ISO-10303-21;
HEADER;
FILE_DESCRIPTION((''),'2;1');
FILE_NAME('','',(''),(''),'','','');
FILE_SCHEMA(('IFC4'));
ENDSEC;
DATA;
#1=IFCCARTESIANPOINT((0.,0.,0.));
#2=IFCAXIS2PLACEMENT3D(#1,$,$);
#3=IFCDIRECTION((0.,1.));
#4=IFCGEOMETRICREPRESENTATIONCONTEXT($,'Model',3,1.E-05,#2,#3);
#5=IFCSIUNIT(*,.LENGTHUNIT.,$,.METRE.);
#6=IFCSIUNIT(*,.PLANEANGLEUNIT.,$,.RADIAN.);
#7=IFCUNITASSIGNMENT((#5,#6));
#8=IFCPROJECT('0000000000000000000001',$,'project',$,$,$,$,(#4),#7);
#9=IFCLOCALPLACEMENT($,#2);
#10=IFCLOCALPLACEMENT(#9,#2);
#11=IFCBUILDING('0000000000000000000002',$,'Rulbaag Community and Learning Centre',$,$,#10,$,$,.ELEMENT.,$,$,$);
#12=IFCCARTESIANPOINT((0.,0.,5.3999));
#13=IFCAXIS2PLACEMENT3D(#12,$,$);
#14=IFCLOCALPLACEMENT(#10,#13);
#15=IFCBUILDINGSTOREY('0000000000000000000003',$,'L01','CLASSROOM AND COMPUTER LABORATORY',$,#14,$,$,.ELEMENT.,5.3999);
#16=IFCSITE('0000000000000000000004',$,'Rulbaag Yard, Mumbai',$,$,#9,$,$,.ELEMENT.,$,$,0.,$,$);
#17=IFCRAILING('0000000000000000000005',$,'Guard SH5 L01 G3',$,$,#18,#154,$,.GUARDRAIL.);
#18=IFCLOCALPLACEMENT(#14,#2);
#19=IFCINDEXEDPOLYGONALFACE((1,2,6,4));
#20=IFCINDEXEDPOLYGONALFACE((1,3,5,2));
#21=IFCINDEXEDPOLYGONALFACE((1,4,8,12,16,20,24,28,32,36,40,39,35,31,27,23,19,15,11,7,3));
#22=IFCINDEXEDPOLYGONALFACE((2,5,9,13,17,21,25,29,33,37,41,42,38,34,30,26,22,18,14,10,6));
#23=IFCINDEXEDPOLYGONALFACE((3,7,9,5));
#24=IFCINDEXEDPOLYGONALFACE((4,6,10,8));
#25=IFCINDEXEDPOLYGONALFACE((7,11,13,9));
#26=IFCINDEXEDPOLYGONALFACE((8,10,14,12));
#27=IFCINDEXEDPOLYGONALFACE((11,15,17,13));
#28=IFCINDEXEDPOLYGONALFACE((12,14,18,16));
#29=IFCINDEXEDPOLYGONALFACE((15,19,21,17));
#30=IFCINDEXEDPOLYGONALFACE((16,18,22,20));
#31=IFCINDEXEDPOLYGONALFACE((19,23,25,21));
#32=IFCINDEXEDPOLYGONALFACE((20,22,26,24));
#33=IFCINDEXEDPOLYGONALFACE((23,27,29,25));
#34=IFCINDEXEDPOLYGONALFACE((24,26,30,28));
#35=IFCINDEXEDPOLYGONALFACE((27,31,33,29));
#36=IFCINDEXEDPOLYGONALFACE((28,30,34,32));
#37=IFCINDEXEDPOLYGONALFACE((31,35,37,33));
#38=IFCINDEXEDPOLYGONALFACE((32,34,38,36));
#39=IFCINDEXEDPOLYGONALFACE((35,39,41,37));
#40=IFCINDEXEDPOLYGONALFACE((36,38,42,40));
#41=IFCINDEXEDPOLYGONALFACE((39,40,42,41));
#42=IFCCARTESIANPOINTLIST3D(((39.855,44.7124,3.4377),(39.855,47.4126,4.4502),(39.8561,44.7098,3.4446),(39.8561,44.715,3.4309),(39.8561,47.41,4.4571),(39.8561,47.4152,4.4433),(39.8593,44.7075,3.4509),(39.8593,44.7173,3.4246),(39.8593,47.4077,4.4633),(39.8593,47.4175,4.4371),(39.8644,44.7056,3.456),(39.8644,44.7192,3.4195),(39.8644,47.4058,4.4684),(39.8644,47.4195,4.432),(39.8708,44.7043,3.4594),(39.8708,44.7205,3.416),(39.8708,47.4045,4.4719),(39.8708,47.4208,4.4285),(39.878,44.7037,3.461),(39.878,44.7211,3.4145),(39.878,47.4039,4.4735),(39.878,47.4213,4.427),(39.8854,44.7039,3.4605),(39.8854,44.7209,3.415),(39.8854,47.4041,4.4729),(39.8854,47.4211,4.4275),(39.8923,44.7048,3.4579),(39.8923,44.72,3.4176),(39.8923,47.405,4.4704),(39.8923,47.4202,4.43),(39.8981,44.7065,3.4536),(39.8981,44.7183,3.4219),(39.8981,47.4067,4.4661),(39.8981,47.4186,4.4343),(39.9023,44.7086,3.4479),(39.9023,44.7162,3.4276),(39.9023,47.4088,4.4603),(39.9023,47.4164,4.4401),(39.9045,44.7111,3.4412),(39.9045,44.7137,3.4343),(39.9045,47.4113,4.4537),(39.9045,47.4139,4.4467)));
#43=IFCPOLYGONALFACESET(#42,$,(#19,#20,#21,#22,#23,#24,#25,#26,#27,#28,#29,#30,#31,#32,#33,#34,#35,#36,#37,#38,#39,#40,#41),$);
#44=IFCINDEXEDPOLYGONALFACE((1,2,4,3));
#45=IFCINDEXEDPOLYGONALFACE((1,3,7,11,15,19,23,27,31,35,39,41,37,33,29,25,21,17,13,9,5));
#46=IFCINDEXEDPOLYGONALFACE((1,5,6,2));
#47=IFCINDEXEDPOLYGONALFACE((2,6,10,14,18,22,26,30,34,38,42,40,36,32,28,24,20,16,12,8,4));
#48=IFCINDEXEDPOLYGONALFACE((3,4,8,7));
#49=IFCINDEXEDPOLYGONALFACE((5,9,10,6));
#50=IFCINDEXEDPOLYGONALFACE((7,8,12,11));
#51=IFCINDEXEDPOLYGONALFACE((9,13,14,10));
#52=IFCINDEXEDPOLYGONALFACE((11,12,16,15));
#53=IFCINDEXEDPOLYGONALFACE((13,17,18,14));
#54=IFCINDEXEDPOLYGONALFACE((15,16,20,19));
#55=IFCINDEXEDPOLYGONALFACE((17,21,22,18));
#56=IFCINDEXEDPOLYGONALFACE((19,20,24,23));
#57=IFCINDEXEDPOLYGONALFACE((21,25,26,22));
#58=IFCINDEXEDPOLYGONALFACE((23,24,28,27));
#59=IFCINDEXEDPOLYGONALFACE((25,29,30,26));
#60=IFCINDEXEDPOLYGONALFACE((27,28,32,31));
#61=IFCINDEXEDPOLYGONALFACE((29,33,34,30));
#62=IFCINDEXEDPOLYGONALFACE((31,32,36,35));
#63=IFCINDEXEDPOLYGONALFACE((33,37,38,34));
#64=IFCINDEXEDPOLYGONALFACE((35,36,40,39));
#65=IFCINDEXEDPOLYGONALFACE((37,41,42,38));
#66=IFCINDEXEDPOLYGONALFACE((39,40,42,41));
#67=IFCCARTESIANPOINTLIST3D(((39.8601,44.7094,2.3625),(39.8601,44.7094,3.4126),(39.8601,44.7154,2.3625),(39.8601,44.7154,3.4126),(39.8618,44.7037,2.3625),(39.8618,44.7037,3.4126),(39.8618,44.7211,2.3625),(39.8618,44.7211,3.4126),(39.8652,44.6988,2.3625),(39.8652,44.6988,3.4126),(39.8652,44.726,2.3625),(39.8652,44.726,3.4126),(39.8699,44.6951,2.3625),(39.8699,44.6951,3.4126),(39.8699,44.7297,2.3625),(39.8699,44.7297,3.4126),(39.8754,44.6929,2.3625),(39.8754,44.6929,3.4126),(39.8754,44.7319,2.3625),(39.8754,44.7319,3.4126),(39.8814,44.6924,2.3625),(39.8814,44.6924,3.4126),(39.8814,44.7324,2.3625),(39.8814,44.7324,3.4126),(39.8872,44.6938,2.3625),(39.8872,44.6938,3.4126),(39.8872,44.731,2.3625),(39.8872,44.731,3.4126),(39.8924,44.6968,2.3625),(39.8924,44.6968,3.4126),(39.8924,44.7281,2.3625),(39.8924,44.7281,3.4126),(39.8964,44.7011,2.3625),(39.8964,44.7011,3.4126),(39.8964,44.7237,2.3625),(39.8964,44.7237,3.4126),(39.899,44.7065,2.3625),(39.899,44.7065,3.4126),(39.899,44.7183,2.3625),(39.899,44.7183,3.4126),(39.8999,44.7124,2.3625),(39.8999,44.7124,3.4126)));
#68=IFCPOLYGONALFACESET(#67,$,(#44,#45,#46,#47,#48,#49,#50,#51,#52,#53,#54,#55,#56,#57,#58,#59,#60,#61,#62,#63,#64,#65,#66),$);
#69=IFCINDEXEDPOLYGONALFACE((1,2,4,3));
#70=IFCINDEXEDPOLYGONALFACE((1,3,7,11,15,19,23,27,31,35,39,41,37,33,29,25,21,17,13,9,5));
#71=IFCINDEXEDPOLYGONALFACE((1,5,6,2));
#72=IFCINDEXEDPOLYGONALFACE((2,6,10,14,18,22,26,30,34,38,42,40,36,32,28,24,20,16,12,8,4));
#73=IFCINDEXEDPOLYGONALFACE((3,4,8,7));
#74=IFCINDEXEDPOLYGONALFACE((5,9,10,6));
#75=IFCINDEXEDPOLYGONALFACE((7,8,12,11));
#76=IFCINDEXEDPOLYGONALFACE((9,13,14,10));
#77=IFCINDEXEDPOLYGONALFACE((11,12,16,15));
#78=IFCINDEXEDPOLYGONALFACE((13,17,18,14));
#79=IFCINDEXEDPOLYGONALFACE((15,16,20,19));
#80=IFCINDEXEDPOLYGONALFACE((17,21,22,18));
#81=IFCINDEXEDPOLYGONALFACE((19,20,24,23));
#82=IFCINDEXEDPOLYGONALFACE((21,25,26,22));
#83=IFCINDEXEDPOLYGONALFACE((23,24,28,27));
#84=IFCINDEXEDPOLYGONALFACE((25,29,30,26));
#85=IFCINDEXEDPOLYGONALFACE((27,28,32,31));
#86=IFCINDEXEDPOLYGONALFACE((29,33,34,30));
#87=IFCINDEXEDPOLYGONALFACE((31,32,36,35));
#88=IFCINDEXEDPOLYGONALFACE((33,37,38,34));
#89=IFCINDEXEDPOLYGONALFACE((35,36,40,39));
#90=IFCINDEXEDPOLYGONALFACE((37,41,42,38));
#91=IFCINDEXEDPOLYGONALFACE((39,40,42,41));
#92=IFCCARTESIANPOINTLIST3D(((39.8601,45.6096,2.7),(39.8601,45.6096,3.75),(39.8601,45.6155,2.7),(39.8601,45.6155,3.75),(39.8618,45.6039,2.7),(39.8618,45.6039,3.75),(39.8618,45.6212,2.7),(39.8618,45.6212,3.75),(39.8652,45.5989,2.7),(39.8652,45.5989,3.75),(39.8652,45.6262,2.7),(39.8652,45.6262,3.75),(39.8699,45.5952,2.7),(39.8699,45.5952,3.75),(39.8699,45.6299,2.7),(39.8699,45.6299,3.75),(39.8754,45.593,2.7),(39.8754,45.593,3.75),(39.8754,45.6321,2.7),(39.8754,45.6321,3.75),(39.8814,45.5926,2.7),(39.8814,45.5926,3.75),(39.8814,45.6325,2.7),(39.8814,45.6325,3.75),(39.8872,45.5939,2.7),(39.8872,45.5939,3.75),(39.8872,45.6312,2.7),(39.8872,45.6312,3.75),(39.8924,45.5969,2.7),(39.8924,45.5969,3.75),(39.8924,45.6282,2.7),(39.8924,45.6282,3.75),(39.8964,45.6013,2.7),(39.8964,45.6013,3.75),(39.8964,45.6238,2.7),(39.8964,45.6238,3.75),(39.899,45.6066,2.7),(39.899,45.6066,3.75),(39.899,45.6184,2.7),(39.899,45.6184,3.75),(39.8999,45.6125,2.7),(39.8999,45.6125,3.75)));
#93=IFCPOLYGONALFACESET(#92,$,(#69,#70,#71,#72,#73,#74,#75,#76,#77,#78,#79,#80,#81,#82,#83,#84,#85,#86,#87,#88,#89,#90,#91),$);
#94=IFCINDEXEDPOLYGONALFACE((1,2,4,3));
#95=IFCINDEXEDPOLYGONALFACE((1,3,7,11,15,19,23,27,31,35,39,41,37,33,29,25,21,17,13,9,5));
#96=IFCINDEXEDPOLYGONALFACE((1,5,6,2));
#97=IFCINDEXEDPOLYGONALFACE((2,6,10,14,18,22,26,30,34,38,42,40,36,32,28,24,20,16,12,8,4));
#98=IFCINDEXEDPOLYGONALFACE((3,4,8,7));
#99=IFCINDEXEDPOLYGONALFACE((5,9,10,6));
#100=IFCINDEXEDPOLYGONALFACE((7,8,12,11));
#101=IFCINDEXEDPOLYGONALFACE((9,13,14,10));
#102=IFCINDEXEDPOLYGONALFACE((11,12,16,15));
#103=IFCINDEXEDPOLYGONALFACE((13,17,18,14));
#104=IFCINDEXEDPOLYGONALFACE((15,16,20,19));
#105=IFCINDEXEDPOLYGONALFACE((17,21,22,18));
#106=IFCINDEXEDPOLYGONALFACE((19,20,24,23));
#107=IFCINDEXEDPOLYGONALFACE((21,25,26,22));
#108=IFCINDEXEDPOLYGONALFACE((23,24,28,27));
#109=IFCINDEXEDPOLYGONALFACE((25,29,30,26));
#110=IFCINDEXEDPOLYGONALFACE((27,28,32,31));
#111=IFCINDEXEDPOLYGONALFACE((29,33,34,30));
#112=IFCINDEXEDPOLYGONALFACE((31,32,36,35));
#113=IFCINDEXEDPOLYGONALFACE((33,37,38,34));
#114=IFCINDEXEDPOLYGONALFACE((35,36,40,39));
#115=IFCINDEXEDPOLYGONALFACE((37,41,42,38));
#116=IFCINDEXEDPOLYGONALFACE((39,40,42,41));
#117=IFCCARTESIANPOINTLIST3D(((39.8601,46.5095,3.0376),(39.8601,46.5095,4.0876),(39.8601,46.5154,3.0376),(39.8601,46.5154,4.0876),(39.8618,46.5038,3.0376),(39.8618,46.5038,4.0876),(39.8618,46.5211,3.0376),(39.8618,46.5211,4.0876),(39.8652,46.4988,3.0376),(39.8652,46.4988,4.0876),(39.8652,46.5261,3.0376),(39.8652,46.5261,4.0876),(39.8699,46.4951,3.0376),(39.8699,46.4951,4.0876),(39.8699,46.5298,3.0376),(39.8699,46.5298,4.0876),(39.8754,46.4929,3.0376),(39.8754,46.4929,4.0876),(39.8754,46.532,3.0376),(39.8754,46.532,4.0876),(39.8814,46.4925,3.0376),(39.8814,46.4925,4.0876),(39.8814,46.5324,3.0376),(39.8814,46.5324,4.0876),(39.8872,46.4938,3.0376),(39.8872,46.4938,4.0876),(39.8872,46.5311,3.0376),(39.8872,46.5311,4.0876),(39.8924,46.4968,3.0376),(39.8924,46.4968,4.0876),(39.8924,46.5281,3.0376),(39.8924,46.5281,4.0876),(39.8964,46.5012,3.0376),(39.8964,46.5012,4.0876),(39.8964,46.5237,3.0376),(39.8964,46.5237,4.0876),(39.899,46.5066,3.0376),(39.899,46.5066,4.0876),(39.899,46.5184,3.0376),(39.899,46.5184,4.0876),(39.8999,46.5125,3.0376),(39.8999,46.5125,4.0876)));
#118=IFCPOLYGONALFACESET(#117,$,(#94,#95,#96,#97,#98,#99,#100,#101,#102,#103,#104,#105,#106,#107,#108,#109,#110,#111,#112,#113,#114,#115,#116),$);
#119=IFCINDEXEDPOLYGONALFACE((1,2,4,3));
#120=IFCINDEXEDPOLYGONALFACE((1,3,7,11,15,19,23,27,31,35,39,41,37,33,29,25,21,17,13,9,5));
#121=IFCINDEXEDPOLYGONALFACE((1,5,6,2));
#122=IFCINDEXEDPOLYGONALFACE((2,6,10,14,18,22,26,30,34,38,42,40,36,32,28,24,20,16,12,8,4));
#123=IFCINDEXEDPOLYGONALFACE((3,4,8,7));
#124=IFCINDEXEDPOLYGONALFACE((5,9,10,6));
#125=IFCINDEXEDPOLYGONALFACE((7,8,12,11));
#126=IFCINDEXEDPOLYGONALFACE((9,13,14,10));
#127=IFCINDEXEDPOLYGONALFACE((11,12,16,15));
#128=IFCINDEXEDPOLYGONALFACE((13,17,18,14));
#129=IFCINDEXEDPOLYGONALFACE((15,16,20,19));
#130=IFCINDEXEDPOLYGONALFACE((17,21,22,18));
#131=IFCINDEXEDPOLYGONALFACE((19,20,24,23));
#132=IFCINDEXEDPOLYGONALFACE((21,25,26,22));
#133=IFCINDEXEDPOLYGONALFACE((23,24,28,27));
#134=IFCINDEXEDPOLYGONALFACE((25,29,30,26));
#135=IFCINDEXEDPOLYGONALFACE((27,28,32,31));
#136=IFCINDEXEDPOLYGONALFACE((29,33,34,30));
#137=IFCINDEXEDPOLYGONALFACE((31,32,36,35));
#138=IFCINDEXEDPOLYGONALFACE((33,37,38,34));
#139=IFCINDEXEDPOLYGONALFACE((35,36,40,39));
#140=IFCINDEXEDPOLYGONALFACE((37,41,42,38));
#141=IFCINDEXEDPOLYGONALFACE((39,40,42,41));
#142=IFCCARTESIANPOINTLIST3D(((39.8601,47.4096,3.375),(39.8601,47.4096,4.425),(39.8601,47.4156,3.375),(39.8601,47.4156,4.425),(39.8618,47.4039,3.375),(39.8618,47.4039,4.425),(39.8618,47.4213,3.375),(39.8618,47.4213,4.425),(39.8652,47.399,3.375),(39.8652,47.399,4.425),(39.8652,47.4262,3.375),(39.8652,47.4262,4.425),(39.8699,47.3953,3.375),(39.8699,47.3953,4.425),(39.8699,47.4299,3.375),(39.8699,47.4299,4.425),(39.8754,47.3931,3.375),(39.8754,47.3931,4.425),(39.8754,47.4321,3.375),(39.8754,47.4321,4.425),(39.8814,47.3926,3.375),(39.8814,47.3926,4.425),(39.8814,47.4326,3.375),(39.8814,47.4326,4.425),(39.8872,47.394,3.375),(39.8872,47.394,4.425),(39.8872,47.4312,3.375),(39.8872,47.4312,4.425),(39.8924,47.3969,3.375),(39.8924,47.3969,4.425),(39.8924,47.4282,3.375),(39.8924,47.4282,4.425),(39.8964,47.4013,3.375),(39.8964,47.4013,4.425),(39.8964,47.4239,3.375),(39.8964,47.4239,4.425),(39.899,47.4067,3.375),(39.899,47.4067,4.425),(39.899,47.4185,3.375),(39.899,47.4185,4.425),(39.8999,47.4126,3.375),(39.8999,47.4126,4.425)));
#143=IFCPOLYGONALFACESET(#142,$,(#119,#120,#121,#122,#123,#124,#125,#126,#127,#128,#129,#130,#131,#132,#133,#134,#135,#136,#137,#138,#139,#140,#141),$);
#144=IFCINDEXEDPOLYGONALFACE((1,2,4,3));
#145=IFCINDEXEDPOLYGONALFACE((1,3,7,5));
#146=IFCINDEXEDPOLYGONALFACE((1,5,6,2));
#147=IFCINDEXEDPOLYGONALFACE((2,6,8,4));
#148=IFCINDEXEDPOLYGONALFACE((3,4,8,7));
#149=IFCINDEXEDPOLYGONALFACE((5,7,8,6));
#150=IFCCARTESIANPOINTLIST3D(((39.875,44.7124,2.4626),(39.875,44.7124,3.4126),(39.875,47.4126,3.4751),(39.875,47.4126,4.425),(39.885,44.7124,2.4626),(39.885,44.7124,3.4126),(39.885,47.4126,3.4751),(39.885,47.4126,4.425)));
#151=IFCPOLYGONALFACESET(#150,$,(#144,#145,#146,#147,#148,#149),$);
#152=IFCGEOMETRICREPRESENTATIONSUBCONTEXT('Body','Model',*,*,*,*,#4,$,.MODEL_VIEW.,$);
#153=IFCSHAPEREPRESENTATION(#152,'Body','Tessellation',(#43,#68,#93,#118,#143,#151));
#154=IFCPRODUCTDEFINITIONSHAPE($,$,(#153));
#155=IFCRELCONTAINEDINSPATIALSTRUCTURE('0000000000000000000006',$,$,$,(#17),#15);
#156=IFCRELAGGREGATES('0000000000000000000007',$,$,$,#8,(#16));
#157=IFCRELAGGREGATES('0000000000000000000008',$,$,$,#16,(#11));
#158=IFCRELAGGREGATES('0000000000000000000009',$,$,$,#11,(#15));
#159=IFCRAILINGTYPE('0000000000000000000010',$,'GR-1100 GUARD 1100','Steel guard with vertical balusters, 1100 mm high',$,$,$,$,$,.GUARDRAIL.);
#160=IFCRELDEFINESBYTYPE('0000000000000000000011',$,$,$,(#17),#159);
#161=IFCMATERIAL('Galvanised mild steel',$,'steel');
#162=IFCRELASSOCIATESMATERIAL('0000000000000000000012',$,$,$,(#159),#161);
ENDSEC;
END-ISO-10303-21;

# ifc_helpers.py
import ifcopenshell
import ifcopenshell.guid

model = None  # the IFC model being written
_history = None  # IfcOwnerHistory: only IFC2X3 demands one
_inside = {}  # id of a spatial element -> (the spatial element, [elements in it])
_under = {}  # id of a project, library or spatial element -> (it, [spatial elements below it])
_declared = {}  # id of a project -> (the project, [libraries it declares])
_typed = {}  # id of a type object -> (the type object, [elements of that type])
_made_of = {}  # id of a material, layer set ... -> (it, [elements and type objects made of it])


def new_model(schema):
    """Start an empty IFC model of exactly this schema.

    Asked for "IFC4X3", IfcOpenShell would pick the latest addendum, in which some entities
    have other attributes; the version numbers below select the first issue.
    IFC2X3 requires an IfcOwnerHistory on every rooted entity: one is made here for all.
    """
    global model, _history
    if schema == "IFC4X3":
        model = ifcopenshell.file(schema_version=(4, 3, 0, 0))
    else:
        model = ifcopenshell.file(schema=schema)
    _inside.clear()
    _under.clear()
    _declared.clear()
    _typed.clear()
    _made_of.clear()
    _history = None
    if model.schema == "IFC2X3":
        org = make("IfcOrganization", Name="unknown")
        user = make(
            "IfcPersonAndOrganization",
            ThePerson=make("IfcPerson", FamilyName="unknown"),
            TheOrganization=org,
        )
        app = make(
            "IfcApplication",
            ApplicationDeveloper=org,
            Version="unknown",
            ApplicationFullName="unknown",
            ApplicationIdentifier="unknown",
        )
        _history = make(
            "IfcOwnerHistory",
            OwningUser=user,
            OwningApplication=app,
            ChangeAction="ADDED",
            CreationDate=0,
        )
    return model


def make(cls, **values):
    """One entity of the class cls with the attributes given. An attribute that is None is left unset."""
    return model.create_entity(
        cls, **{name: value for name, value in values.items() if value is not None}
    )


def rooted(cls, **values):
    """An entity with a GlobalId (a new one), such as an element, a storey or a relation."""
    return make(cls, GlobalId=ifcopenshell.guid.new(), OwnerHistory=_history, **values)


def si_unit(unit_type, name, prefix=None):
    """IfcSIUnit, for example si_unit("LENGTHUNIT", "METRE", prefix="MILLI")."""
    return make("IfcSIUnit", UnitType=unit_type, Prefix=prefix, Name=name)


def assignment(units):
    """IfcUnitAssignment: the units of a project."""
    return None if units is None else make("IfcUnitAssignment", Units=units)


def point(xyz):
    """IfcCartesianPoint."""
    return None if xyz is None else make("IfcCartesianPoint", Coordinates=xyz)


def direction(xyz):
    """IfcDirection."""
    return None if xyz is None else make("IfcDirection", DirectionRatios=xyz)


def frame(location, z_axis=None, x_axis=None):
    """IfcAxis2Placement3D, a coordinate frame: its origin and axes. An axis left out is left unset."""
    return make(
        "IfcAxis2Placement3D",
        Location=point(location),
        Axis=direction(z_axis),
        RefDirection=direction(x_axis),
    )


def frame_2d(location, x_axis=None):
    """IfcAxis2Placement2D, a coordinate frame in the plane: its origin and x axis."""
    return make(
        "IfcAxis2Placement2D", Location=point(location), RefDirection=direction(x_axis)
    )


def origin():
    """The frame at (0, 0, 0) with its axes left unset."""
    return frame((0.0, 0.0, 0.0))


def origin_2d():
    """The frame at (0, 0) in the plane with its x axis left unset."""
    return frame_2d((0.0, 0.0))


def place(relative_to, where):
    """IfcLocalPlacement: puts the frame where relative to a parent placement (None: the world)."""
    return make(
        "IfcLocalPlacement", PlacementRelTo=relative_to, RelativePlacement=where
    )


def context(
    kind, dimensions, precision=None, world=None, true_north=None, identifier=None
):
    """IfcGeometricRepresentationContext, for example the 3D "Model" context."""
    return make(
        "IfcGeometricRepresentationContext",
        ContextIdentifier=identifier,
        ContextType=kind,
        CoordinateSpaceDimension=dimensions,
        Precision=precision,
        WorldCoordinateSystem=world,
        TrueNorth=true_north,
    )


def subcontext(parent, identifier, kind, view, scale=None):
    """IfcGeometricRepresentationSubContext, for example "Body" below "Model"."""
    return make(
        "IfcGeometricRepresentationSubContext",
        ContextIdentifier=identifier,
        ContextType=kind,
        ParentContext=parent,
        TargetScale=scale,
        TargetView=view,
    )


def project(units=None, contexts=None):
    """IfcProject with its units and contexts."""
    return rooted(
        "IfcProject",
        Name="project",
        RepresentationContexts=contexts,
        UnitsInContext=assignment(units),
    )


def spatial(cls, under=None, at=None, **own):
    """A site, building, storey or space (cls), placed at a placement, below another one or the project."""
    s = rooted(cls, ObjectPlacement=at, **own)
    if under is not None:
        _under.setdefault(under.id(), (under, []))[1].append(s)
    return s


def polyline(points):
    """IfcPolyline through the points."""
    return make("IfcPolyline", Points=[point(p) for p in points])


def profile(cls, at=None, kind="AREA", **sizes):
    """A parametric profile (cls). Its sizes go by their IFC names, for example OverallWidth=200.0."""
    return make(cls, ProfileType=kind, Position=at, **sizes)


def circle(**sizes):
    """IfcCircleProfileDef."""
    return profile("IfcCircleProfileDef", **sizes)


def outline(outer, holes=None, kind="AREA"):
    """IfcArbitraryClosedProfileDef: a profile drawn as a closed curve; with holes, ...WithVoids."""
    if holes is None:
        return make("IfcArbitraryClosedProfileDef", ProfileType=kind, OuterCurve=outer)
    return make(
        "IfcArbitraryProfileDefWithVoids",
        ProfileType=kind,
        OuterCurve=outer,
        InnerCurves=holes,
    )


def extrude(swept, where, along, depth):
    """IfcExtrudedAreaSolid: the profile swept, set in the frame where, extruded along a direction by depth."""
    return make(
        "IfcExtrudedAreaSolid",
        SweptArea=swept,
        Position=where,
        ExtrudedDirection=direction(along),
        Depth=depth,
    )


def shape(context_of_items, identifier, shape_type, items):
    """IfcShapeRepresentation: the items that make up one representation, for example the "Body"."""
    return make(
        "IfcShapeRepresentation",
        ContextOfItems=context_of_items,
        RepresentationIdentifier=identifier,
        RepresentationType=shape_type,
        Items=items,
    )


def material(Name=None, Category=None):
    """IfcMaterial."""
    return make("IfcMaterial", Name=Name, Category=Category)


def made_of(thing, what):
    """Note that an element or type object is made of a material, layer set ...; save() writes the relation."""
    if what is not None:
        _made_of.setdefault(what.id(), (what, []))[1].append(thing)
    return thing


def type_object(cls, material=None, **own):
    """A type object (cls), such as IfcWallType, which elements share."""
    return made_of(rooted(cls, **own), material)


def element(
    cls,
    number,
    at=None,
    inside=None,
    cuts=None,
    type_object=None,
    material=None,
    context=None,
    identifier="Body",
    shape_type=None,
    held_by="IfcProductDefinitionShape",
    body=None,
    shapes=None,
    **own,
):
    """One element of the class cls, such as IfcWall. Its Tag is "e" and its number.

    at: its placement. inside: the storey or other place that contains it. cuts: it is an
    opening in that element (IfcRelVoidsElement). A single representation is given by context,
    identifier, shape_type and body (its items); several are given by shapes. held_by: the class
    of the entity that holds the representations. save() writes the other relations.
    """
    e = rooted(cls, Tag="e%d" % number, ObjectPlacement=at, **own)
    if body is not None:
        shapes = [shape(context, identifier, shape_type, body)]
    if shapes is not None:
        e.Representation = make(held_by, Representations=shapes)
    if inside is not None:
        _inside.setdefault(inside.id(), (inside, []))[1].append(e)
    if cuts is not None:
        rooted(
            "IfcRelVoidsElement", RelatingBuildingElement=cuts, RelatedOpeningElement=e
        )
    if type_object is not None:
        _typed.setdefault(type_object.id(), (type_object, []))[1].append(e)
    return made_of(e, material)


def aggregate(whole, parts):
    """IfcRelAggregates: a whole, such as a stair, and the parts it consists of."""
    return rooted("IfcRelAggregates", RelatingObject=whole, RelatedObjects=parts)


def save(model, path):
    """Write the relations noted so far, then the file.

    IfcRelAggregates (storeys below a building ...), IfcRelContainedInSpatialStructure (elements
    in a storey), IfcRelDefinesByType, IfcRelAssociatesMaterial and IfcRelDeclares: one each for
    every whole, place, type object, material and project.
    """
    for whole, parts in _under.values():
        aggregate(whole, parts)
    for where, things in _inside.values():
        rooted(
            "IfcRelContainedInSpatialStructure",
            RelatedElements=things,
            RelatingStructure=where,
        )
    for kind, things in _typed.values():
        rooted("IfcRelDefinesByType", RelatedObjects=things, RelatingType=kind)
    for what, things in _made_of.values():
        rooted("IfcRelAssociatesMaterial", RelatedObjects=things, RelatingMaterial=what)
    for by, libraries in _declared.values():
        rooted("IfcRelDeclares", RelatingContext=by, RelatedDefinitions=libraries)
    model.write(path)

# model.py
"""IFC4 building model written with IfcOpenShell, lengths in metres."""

from ifc_helpers import new_model, si_unit, direction, frame, origin, origin_2d, place, context, subcontext, project, spatial, polyline, circle, outline, extrude, material, type_object, element, save


model = new_model("IFC4")

# Units and contexts
model_context = context("Model", 3, precision=1e-05, world=origin(), true_north=direction((0.0, 1.0)))
body_context = subcontext(model_context, "Body", "Model", "MODEL_VIEW")
ifc_project = project(units=[si_unit("LENGTHUNIT", "METRE"), si_unit("PLANEANGLEUNIT", "RADIAN")], contexts=[model_context])

# Site, building, storey
site_placement = place(None, origin())
site = spatial("IfcSite", under=ifc_project, at=site_placement, Name="Rulbaag Yard, Mumbai", CompositionType="ELEMENT", RefElevation=0.0)
building_placement = place(site_placement, origin())
building = spatial("IfcBuilding", under=site, at=building_placement, Name="Rulbaag Community and Learning Centre", CompositionType="ELEMENT")
storey_placement = place(building_placement, frame((0.0, 0.0, 5.3999)))
storey = spatial("IfcBuildingStorey", under=building, at=storey_placement, Name="L01", Description="CLASSROOM AND COMPUTER LABORATORY", CompositionType="ELEMENT", Elevation=5.3999)

# Railing
ifc_material_1 = material(Name="Galvanised mild steel", Category="steel")
railing_type_1 = type_object("IfcRailingType", Name="GR-1100 GUARD 1100", Description="Steel guard with vertical balusters, 1100 mm high", PredefinedType="GUARDRAIL", material=ifc_material_1)
railing_1_placement = place(storey_placement, frame((39.8799, 44.7124, 2.3625)))
element("IfcRailing", 1, at=railing_1_placement, inside=storey, type_object=railing_type_1, Name="Guard SH5 L01 G3", PredefinedType="GUARDRAIL", context=body_context, shape_type="SweptSolid", body=[
    extrude(circle(Radius=0.0249, at=origin_2d()), frame((0.0, 0.0, 1.0752), z_axis=(0.0, 0.936343, 0.351086), x_axis=(-1.0, 0.0, 0.0)), (0.0, 0.0, 1.0), 2.8838),
    extrude(circle(Radius=0.02, at=origin_2d()), origin(), (0.0, 0.0, 1.0), 1.05),
    extrude(circle(Radius=0.02, at=origin_2d()), frame((0.0, 0.9001, 0.3374)), (0.0, 0.0, 1.0), 1.05),
    extrude(circle(Radius=0.02, at=origin_2d()), frame((0.0, 1.8, 0.675)), (0.0, 0.0, 1.0), 1.05),
    extrude(circle(Radius=0.02, at=origin_2d()), frame((0.0, 2.7002, 1.0125)), (0.0, 0.0, 1.0), 1.05),
    extrude(outline(polyline([(0.0, 0.0), (2.7002, 1.0125), (2.7002, 1.9624), (0.0, 0.95), (0.0, 0.0)])), frame((-0.0049, 0.0, 0.1001), z_axis=(1.0, 0.0, 0.0), x_axis=(0.0, 1.0, 0.0)), (0.0, 0.0, 1.0), 0.01),
])

save(model, "model.ifc")
